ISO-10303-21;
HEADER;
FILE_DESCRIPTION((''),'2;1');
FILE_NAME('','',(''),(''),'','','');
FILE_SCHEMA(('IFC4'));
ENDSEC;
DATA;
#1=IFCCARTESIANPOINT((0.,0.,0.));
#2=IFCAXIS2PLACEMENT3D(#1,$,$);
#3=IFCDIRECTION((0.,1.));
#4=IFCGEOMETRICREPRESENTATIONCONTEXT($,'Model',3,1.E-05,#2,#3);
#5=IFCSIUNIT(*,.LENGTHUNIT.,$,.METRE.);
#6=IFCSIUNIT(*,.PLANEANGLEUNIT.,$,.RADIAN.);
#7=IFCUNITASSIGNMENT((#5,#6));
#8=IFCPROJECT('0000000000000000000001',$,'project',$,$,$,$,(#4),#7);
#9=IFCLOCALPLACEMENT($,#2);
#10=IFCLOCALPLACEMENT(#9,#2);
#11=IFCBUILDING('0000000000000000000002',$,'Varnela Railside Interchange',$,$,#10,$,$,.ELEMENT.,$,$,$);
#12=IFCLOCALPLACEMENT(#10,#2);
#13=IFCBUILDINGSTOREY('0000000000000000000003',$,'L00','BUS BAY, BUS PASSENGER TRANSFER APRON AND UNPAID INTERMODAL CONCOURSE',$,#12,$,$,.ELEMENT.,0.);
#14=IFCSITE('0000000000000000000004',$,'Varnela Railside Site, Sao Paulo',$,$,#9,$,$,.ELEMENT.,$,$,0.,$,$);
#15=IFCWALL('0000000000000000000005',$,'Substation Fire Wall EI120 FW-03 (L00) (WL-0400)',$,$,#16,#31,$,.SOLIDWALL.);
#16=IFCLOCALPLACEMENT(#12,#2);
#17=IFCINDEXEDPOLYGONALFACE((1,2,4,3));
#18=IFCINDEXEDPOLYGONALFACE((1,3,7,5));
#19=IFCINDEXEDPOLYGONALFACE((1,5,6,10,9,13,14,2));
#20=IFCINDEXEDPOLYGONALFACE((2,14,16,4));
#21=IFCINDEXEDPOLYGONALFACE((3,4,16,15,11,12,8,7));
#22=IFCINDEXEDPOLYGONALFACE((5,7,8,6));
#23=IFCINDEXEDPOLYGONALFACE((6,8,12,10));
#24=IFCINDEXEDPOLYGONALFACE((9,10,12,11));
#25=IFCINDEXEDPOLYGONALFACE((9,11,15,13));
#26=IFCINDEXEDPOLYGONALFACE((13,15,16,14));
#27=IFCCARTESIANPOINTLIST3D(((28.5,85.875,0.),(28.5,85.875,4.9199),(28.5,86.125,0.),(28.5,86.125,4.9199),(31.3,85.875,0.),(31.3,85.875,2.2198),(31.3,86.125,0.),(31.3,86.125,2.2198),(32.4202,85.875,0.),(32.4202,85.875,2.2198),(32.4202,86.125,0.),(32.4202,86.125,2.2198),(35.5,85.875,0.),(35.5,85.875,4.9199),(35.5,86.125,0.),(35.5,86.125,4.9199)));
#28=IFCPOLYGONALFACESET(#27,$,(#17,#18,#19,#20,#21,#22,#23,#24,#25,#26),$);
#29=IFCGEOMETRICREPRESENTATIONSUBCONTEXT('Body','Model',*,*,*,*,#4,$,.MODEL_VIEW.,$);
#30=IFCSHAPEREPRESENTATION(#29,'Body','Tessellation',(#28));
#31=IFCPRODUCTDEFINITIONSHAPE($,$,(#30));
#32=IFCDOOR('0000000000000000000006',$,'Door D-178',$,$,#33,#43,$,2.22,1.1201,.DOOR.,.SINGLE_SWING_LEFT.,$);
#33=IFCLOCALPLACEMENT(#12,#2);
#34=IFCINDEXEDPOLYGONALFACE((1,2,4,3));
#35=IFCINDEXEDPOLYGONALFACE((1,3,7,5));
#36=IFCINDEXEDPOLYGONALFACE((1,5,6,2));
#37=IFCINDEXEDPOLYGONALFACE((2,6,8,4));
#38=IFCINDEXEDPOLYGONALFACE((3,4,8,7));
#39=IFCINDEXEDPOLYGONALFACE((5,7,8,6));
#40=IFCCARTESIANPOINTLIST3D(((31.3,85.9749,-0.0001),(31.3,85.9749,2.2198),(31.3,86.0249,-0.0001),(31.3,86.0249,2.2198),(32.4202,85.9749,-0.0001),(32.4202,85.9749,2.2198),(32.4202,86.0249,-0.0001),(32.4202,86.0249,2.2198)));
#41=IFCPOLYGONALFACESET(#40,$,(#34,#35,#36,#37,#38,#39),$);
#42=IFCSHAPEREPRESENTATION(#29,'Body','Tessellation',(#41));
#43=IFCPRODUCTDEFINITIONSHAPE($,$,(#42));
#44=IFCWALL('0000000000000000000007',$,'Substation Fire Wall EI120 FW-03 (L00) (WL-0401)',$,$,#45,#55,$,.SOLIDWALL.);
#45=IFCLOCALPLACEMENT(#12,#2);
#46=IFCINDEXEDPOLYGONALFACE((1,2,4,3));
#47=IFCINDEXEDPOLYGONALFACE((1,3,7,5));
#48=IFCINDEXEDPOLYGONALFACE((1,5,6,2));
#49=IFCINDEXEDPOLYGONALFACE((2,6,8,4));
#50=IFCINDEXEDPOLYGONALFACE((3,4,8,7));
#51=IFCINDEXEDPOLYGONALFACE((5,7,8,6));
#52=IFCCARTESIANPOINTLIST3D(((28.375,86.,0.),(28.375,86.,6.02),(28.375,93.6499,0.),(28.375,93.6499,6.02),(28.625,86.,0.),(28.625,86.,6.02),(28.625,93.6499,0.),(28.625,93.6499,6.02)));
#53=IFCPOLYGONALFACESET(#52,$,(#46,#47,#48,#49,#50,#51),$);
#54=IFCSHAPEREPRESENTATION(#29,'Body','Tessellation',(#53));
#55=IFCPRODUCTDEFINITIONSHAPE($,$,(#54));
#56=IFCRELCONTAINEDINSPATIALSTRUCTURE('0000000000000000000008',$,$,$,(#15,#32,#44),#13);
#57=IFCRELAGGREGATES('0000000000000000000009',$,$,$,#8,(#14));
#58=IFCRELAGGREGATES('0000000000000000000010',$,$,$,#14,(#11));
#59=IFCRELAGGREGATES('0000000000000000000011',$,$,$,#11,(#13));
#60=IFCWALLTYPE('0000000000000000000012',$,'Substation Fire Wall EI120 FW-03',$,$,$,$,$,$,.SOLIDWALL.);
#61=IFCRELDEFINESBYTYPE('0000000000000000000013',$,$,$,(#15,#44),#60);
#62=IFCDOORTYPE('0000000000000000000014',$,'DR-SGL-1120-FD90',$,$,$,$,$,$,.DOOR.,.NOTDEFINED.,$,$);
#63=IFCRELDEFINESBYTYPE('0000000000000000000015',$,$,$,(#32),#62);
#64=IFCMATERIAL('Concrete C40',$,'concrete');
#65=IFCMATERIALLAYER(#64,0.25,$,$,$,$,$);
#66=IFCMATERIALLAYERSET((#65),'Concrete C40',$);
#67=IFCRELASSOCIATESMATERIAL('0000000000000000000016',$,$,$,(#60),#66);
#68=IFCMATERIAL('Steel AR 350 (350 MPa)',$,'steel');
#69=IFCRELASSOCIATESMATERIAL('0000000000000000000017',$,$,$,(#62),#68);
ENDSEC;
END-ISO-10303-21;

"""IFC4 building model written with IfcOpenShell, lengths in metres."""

from ifc_helpers import new_model, si_unit, direction, frame, frame_2d, origin, place, context, subcontext, project, spatial, rectangle, extrude, material, layer, layer_set, type_object, element, fill, save


model = new_model("IFC4")

# Units and contexts
model_context = context("Model", 3, precision=1e-05, world=origin(), true_north=direction((0.0, 1.0)))
body_context = subcontext(model_context, "Body", "Model", "MODEL_VIEW")
ifc_project = project(units=[si_unit("LENGTHUNIT", "METRE"), si_unit("PLANEANGLEUNIT", "RADIAN")], contexts=[model_context])

# Site, building, storey
site_placement = place(None, origin())
site = spatial("IfcSite", under=ifc_project, at=site_placement, Name="Varnela Railside Site, Sao Paulo", CompositionType="ELEMENT", RefElevation=0.0)
building_placement = place(site_placement, origin())
building = spatial("IfcBuilding", under=site, at=building_placement, Name="Varnela Railside Interchange", CompositionType="ELEMENT")
storey_placement = place(building_placement, origin())
storey = spatial("IfcBuildingStorey", under=building, at=storey_placement, Name="L00", Description="BUS BAY, BUS PASSENGER TRANSFER APRON AND UNPAID INTERMODAL CONCOURSE", CompositionType="ELEMENT", Elevation=0.0)

# Shared definitions
ifc_material_1 = material(Name="Steel AR 350 (350 MPa)", Category="steel")

# Wall, opening, door
ifc_material_2 = material(Name="Concrete C40", Category="concrete")
ifc_layer_1 = layer(ifc_material_2, 0.25)
ifc_layer_set_1 = layer_set([ifc_layer_1], Name="Concrete C40")
wall_type = type_object("IfcWallType", Name="Substation Fire Wall EI120 FW-03", PredefinedType="SOLIDWALL", material=ifc_layer_set_1)
wall_1_placement = place(storey_placement, frame((28.5, 86.0, 0.0), z_axis=(0.0, 0.0, 1.0), x_axis=(1.0, 0.0, 0.0)))
wall_1 = element("IfcWall", 1, at=wall_1_placement, inside=storey, type_object=wall_type, Name="Substation Fire Wall EI120 FW-03 (L00) (WL-0400)", PredefinedType="SOLIDWALL", context=body_context, shape_type="SweptSolid", body=[
    extrude(rectangle(XDim=7.0, YDim=0.25, at=frame_2d((3.5, 0.0))), origin(), (0.0, 0.0, 1.0), 4.9199),
])
opening_placement = place(wall_1_placement, frame((2.8, 0.0, 0.0)))
opening = element("IfcOpeningElement", 2, at=opening_placement, cuts=wall_1, PredefinedType="OPENING", context=body_context, shape_type="SweptSolid", body=[
    extrude(rectangle(XDim=1.1201, YDim=2.22, at=frame_2d((0.5601, 1.1099))), frame((0.0, 0.135, 0.0), z_axis=(0.0, -1.0, 0.0), x_axis=(1.0, 0.0, 0.0)), (0.0, 0.0, 1.0), 0.27),
])
door_type = type_object("IfcDoorType", Name="DR-SGL-1120-FD90", OperationType="NOTDEFINED", PredefinedType="DOOR", material=ifc_material_1)
door_placement = place(opening_placement, origin())
door = element("IfcDoor", 3, at=door_placement, inside=storey, type_object=door_type, Name="Door D-178", OperationType="SINGLE_SWING_LEFT", OverallHeight=2.22, OverallWidth=1.1201, PredefinedType="DOOR", context=body_context, shape_type="SweptSolid", body=[
    extrude(rectangle(XDim=1.1201, YDim=2.22, at=frame_2d((0.5601, 1.1099))), frame((0.0, 0.0249, 0.0), z_axis=(0.0, -1.0, 0.0), x_axis=(1.0, 0.0, 0.0)), (0.0, 0.0, 1.0), 0.05),
])
fill(opening, door)

# Wall
wall_2_placement = place(storey_placement, frame((28.5, 86.0, 0.0), z_axis=(0.0, 0.0, 1.0), x_axis=(0.0, 1.0, 0.0)))
element("IfcWall", 4, at=wall_2_placement, inside=storey, type_object=wall_type, Name="Substation Fire Wall EI120 FW-03 (L00) (WL-0401)", PredefinedType="SOLIDWALL", context=body_context, shape_type="SweptSolid", body=[
    extrude(rectangle(XDim=7.6499, YDim=0.25, at=frame_2d((3.825, 0.0))), origin(), (0.0, 0.0, 1.0), 6.02),
])

save(model, "model.ifc")
